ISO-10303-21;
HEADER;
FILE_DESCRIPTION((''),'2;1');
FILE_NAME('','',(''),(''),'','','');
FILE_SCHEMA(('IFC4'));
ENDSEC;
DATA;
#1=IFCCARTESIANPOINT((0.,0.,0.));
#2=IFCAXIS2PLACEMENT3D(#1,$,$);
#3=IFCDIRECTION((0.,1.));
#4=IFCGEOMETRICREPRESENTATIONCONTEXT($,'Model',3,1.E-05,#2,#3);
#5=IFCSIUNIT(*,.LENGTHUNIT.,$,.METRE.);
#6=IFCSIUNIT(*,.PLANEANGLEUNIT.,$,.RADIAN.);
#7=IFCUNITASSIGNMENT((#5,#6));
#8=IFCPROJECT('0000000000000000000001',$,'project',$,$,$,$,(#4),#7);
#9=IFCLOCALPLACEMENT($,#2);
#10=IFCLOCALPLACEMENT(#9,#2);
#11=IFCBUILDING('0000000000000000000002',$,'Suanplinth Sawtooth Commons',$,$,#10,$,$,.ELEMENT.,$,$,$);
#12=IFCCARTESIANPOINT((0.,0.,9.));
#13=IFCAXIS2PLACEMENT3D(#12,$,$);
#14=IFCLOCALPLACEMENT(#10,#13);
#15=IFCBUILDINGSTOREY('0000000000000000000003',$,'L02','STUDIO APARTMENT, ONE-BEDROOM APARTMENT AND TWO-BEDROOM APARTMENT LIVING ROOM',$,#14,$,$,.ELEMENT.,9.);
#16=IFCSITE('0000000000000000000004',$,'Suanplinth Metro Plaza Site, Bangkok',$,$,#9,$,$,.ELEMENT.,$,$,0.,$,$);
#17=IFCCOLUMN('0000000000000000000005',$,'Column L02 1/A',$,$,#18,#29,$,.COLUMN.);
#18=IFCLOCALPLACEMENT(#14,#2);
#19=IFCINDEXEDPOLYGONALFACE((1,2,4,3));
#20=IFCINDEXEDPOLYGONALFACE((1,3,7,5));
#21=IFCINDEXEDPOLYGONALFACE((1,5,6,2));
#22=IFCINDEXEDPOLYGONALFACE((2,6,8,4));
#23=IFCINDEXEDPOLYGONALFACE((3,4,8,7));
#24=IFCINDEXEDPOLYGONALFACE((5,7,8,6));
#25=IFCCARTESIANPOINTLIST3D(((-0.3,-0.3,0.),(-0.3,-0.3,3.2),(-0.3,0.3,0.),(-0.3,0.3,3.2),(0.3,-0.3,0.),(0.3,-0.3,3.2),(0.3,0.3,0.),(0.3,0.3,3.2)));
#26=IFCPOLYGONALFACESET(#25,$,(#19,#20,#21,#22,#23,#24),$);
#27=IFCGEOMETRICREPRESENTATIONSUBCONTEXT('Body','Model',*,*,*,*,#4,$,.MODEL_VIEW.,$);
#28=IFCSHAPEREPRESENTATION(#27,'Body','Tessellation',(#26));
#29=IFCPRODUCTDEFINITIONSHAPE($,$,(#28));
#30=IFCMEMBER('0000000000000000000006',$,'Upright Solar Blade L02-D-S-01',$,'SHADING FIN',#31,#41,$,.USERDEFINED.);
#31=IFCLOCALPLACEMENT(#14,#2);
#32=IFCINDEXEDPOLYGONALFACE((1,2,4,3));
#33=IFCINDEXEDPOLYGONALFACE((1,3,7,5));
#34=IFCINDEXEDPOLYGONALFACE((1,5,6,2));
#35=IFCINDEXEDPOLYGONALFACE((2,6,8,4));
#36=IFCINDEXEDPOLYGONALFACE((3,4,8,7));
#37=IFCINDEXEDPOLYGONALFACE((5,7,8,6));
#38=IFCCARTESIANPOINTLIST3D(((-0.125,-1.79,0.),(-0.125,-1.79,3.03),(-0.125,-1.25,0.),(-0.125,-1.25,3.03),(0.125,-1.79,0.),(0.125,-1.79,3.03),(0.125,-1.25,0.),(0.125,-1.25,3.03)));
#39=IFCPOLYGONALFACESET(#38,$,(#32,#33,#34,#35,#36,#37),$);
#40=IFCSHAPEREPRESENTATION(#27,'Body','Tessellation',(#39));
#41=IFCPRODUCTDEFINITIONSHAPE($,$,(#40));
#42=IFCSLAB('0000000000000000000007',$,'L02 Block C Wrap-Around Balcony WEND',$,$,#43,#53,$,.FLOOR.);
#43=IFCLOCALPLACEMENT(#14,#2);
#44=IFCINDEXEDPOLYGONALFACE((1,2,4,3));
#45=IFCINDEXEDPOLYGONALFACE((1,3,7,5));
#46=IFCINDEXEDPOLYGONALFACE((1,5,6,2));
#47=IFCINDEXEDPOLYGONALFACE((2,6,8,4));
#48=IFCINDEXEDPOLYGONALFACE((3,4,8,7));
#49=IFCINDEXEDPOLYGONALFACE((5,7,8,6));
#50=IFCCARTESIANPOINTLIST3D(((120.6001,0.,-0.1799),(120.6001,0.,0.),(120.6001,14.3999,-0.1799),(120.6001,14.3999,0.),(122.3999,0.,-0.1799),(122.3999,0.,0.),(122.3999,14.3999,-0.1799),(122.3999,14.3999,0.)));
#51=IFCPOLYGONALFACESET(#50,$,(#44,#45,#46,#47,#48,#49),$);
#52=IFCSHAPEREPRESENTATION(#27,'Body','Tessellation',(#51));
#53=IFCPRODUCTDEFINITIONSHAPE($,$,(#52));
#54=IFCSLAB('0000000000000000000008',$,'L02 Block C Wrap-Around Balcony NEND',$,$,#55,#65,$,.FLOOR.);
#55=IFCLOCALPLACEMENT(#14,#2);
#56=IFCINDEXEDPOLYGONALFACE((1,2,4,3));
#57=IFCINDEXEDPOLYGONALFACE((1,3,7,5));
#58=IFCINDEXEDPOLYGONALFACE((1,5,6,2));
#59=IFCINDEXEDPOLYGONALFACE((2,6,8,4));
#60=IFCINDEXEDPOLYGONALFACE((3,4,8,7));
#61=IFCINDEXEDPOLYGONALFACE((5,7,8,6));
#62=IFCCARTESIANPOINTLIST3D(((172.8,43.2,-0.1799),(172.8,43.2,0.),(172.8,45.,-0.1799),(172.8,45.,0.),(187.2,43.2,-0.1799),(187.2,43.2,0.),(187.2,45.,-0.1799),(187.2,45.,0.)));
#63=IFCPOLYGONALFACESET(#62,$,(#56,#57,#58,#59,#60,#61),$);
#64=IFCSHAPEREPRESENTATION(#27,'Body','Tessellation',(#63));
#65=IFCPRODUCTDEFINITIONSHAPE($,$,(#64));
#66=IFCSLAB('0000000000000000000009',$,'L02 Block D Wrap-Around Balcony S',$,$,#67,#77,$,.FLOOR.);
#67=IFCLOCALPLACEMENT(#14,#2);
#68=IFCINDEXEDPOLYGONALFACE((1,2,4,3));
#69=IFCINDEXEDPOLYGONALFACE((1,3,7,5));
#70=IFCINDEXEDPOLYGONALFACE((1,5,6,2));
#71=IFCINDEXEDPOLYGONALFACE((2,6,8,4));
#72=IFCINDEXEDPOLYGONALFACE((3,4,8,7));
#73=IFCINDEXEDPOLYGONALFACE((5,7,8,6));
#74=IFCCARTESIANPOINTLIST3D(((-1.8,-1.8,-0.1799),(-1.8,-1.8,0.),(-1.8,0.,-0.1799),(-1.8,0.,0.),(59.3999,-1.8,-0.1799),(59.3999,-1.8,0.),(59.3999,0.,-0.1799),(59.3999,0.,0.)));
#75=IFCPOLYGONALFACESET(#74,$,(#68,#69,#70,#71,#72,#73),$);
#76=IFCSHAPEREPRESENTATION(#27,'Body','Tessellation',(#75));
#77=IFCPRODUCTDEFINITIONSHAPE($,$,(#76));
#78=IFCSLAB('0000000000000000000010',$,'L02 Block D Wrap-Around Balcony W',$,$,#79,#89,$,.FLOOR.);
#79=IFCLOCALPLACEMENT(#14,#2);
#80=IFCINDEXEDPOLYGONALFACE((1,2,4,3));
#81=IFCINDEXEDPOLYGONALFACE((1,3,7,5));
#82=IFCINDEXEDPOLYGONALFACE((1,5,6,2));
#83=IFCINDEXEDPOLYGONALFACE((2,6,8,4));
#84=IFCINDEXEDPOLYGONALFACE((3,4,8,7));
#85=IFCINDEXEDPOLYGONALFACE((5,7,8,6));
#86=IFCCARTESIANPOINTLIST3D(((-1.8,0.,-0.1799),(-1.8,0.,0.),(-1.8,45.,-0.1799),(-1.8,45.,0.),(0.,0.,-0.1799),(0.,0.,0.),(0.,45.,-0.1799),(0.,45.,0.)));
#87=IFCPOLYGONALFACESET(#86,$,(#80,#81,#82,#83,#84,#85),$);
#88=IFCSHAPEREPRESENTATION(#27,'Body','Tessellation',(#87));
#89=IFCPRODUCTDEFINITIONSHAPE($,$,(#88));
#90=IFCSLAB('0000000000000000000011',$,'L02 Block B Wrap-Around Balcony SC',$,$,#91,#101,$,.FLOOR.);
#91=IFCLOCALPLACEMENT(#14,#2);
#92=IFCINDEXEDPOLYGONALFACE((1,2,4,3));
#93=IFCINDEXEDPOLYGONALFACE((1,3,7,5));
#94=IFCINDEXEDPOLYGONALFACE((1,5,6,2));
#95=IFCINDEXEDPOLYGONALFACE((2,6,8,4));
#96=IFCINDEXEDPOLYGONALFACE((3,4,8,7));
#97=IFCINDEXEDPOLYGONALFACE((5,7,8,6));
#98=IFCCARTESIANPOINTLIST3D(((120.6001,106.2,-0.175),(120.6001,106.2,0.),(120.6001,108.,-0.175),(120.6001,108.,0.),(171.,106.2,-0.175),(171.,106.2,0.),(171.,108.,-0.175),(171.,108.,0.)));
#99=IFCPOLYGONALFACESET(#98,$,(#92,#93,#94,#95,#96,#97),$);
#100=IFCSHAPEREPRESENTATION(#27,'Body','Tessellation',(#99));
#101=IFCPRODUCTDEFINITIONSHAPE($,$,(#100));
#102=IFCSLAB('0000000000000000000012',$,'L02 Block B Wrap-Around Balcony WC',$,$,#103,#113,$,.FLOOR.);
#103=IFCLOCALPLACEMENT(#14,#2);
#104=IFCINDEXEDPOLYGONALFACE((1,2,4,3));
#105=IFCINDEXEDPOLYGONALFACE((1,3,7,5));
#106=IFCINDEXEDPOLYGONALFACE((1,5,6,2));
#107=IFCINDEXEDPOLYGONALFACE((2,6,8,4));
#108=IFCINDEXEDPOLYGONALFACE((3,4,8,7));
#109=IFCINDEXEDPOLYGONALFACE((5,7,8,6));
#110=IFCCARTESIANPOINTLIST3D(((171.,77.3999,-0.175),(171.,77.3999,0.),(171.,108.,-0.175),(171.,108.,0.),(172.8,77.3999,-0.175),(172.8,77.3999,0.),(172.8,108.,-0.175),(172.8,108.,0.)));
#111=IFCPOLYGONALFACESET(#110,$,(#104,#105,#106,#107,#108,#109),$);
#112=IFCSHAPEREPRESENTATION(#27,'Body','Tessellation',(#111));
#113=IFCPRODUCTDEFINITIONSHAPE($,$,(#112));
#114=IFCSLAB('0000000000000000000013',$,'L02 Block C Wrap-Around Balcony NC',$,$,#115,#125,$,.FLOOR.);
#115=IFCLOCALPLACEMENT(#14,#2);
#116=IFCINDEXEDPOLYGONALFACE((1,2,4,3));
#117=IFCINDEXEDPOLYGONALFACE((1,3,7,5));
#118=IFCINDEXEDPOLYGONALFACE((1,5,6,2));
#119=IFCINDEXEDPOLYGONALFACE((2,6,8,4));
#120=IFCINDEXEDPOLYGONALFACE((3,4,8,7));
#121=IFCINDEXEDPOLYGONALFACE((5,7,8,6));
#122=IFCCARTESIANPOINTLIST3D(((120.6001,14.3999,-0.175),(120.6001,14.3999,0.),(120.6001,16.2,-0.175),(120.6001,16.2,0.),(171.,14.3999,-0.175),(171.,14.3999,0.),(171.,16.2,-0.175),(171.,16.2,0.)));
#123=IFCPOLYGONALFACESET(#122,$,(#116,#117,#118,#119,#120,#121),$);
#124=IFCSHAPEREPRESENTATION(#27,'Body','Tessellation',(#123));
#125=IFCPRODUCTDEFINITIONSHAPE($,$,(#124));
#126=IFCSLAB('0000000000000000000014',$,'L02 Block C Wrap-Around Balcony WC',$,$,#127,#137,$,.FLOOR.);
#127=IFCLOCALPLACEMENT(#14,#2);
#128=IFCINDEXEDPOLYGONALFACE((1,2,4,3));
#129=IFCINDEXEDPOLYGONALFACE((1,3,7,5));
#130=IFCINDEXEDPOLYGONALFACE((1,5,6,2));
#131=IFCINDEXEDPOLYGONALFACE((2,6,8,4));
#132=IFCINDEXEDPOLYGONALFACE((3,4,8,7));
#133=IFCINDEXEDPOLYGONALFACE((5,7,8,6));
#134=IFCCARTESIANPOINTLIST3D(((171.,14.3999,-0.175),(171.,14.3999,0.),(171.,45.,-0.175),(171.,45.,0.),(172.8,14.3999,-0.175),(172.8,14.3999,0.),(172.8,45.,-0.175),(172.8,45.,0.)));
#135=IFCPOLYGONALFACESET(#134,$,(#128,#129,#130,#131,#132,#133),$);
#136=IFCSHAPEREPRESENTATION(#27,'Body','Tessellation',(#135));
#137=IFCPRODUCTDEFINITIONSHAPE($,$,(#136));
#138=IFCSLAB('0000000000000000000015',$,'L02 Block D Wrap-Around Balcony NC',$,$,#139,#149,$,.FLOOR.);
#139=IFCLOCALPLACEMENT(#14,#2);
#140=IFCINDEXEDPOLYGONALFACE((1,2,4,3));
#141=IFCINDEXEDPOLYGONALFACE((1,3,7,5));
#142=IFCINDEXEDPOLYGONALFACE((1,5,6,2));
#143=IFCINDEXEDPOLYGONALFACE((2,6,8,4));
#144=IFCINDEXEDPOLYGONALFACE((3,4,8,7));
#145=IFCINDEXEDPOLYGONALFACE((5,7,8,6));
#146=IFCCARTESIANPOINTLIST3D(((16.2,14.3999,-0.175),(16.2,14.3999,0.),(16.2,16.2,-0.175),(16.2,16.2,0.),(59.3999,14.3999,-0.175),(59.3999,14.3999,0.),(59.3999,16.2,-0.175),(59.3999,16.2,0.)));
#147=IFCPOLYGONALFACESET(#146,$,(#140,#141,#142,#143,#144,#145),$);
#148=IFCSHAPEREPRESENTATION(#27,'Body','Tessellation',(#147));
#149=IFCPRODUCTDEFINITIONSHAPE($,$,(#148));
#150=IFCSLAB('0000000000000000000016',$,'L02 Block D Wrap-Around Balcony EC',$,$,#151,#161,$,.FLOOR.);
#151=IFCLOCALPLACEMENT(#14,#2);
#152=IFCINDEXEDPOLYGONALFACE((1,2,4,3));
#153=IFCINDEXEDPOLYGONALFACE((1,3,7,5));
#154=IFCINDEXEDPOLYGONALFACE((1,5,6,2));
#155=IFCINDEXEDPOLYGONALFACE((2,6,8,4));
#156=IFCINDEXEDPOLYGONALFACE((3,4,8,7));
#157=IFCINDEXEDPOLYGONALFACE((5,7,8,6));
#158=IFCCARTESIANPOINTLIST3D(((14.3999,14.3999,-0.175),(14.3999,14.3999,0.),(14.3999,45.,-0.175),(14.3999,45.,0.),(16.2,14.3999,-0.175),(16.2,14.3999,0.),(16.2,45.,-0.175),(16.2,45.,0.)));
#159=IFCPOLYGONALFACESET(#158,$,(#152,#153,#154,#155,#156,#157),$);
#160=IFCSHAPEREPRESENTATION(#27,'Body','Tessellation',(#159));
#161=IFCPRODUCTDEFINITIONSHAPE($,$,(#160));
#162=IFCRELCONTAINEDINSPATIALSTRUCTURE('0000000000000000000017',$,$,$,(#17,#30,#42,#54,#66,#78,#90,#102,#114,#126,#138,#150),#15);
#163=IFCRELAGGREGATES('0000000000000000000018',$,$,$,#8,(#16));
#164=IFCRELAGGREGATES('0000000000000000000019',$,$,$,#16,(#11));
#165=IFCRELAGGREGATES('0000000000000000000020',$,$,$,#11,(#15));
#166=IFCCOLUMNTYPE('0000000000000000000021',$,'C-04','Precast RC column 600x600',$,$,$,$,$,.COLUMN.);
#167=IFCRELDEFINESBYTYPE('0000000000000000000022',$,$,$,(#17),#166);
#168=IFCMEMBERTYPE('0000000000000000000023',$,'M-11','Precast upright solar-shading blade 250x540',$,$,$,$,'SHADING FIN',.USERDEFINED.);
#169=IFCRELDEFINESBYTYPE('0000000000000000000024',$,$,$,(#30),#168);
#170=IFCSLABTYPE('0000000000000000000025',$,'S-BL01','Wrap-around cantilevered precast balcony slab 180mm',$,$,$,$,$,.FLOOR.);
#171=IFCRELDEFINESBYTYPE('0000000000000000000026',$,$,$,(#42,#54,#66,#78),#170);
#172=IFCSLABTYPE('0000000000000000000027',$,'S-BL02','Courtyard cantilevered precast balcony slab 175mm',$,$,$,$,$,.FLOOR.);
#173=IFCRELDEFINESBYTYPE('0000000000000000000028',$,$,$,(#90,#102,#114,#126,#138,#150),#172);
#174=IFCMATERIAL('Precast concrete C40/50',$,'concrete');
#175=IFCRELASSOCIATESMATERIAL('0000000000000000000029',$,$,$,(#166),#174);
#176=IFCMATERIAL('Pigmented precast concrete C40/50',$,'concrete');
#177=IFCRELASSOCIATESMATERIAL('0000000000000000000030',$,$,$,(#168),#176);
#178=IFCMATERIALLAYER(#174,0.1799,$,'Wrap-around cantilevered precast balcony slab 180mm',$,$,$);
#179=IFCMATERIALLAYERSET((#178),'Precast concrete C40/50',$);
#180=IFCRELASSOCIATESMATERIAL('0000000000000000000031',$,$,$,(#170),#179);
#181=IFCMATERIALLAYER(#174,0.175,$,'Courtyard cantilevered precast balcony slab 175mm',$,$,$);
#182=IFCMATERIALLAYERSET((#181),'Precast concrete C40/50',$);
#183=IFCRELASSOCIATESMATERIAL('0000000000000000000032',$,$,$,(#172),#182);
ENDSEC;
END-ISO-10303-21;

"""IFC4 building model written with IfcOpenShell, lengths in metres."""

from ifc_helpers import new_model, si_unit, direction, frame, origin, origin_with_axes, origin_2d, place, context, subcontext, project, spatial, polyline, rectangle, outline, extrude, material, layer, layer_set, material_profile, profile_set, type_object, element, save


model = new_model("IFC4")

# Units and contexts
model_context = context("Model", 3, precision=1e-05, world=origin(), true_north=direction((0.0, 1.0)))
body_context = subcontext(model_context, "Body", "Model", "MODEL_VIEW")
ifc_project = project(units=[si_unit("LENGTHUNIT", "METRE"), si_unit("PLANEANGLEUNIT", "RADIAN")], contexts=[model_context])

# Site, building, storey
site_placement = place(None, origin())
site = spatial("IfcSite", under=ifc_project, at=site_placement, Name="Suanplinth Metro Plaza Site, Bangkok", CompositionType="ELEMENT", RefElevation=0.0)
building_placement = place(site_placement, origin())
building = spatial("IfcBuilding", under=site, at=building_placement, Name="Suanplinth Sawtooth Commons", CompositionType="ELEMENT")
storey_placement = place(building_placement, frame((0.0, 0.0, 9.0)))
storey = spatial("IfcBuildingStorey", under=building, at=storey_placement, Name="L02", Description="STUDIO APARTMENT, ONE-BEDROOM APARTMENT AND TWO-BEDROOM APARTMENT LIVING ROOM", CompositionType="ELEMENT", Elevation=9.0)

# Column
ifc_material_1 = material(Name="Precast concrete C40/50", Category="concrete")
ifc_material_profile_1 = material_profile(ifc_material_1, rectangle(XDim=0.6001, YDim=0.6001, at=origin_2d()), Name="PC-COL 600x600")
ifc_profile_set_1 = profile_set([ifc_material_profile_1], Name="Precast concrete C40/50")
column_type = type_object("IfcColumnType", Name="C-04", Description="Precast RC column 600x600", PredefinedType="COLUMN", material=ifc_profile_set_1)
column_placement = place(storey_placement, origin_with_axes())
element("IfcColumn", 1, at=column_placement, inside=storey, type_object=column_type, Name="Column L02 1/A", PredefinedType="COLUMN", context=body_context, shape_type="SweptSolid", body=[
    extrude(rectangle(XDim=0.6001, YDim=0.6001, at=origin_2d()), origin(), (0.0, 0.0, 1.0), 3.2),
])

# Member
ifc_material_2 = material(Name="Pigmented precast concrete C40/50", Category="concrete")
ifc_material_profile_2 = material_profile(ifc_material_2, rectangle(XDim=0.25, YDim=0.54, at=origin_2d()), Name="PC-FIN 250x540")
ifc_profile_set_2 = profile_set([ifc_material_profile_2], Name="Pigmented precast concrete C40/50")
member_type = type_object("IfcMemberType", Name="M-11", Description="Precast upright solar-shading blade 250x540", ElementType="SHADING FIN", PredefinedType="USERDEFINED", material=ifc_profile_set_2)
member_placement = place(storey_placement, frame((0.0, -1.52, 0.0), z_axis=(0.0, 0.0, 1.0), x_axis=(1.0, 0.0, 0.0)))
element("IfcMember", 2, at=member_placement, inside=storey, type_object=member_type, Name="Upright Solar Blade L02-D-S-01", ObjectType="SHADING FIN", PredefinedType="USERDEFINED", context=body_context, shape_type="SweptSolid", body=[
    extrude(rectangle(XDim=0.25, YDim=0.54, at=origin_2d()), origin(), (0.0, 0.0, 1.0), 3.03),
])

# Slabs
ifc_layer_1 = layer(ifc_material_1, 0.1799, Name="Wrap-around cantilevered precast balcony slab 180mm")
ifc_layer_set_1 = layer_set([ifc_layer_1], Name="Precast concrete C40/50")
slab_type_1 = type_object("IfcSlabType", Name="S-BL01", Description="Wrap-around cantilevered precast balcony slab 180mm", PredefinedType="FLOOR", material=ifc_layer_set_1)
slab_1_placement = place(storey_placement, frame((0.0, 0.0, -0.1799)))
element("IfcSlab", 3, at=slab_1_placement, inside=storey, type_object=slab_type_1, Name="L02 Block C Wrap-Around Balcony WEND", PredefinedType="FLOOR", context=body_context, shape_type="SweptSolid", body=[
    extrude(outline(polyline([(122.3999, 0.0), (120.6001, 0.0), (120.6001, 14.3999), (122.3999, 14.3999), (122.3999, 0.0)])), origin(), (0.0, 0.0, 1.0), 0.1799),
])
slab_2_placement = place(storey_placement, frame((0.0, 0.0, -0.1799)))
element("IfcSlab", 4, at=slab_2_placement, inside=storey, type_object=slab_type_1, Name="L02 Block C Wrap-Around Balcony NEND", PredefinedType="FLOOR", context=body_context, shape_type="SweptSolid", body=[
    extrude(outline(polyline([(172.8, 45.0), (187.2, 45.0), (187.2, 43.2), (172.8, 43.2), (172.8, 45.0)])), origin(), (0.0, 0.0, 1.0), 0.1799),
])
slab_3_placement = place(storey_placement, frame((0.0, 0.0, -0.1799)))
element("IfcSlab", 5, at=slab_3_placement, inside=storey, type_object=slab_type_1, Name="L02 Block D Wrap-Around Balcony S", PredefinedType="FLOOR", context=body_context, shape_type="SweptSolid", body=[
    extrude(outline(polyline([(59.3999, 0.0), (59.3999, -1.8), (-1.8, -1.8), (-1.8, 0.0), (59.3999, 0.0)])), origin(), (0.0, 0.0, 1.0), 0.1799),
])
slab_4_placement = place(storey_placement, frame((0.0, 0.0, -0.1799)))
element("IfcSlab", 6, at=slab_4_placement, inside=storey, type_object=slab_type_1, Name="L02 Block D Wrap-Around Balcony W", PredefinedType="FLOOR", context=body_context, shape_type="SweptSolid", body=[
    extrude(outline(polyline([(0.0, 0.0), (-1.8, 0.0), (-1.8, 45.0), (0.0, 45.0), (0.0, 0.0)])), origin(), (0.0, 0.0, 1.0), 0.1799),
])
ifc_layer_2 = layer(ifc_material_1, 0.175, Name="Courtyard cantilevered precast balcony slab 175mm")
ifc_layer_set_2 = layer_set([ifc_layer_2], Name="Precast concrete C40/50")
slab_type_2 = type_object("IfcSlabType", Name="S-BL02", Description="Courtyard cantilevered precast balcony slab 175mm", PredefinedType="FLOOR", material=ifc_layer_set_2)
slab_5_placement = place(storey_placement, frame((0.0, 0.0, -0.175)))
element("IfcSlab", 7, at=slab_5_placement, inside=storey, type_object=slab_type_2, Name="L02 Block B Wrap-Around Balcony SC", PredefinedType="FLOOR", context=body_context, shape_type="SweptSolid", body=[
    extrude(outline(polyline([(171.0, 106.2), (120.6001, 106.2), (120.6001, 108.0), (171.0, 108.0), (171.0, 106.2)])), origin(), (0.0, 0.0, 1.0), 0.175),
])
slab_6_placement = place(storey_placement, frame((0.0, 0.0, -0.175)))
element("IfcSlab", 8, at=slab_6_placement, inside=storey, type_object=slab_type_2, Name="L02 Block B Wrap-Around Balcony WC", PredefinedType="FLOOR", context=body_context, shape_type="SweptSolid", body=[
    extrude(outline(polyline([(172.8, 77.3999), (171.0, 77.3999), (171.0, 108.0), (172.8, 108.0), (172.8, 77.3999)])), origin(), (0.0, 0.0, 1.0), 0.175),
])
slab_7_placement = place(storey_placement, frame((0.0, 0.0, -0.175)))
element("IfcSlab", 9, at=slab_7_placement, inside=storey, type_object=slab_type_2, Name="L02 Block C Wrap-Around Balcony NC", PredefinedType="FLOOR", context=body_context, shape_type="SweptSolid", body=[
    extrude(outline(polyline([(120.6001, 14.3999), (120.6001, 16.2), (171.0, 16.2), (171.0, 14.3999), (120.6001, 14.3999)])), origin(), (0.0, 0.0, 1.0), 0.175),
])
slab_8_placement = place(storey_placement, frame((0.0, 0.0, -0.175)))
element("IfcSlab", 10, at=slab_8_placement, inside=storey, type_object=slab_type_2, Name="L02 Block C Wrap-Around Balcony WC", PredefinedType="FLOOR", context=body_context, shape_type="SweptSolid", body=[
    extrude(outline(polyline([(172.8, 14.3999), (171.0, 14.3999), (171.0, 45.0), (172.8, 45.0), (172.8, 14.3999)])), origin(), (0.0, 0.0, 1.0), 0.175),
])
slab_9_placement = place(storey_placement, frame((0.0, 0.0, -0.175)))
element("IfcSlab", 11, at=slab_9_placement, inside=storey, type_object=slab_type_2, Name="L02 Block D Wrap-Around Balcony NC", PredefinedType="FLOOR", context=body_context, shape_type="SweptSolid", body=[
    extrude(outline(polyline([(16.2, 16.2), (59.3999, 16.2), (59.3999, 14.3999), (16.2, 14.3999), (16.2, 16.2)])), origin(), (0.0, 0.0, 1.0), 0.175),
])
slab_10_placement = place(storey_placement, frame((0.0, 0.0, -0.175)))
element("IfcSlab", 12, at=slab_10_placement, inside=storey, type_object=slab_type_2, Name="L02 Block D Wrap-Around Balcony EC", PredefinedType="FLOOR", context=body_context, shape_type="SweptSolid", body=[
    extrude(outline(polyline([(14.3999, 45.0), (16.2, 45.0), (16.2, 14.3999), (14.3999, 14.3999), (14.3999, 45.0)])), origin(), (0.0, 0.0, 1.0), 0.175),
])

save(model, "model.ifc")
